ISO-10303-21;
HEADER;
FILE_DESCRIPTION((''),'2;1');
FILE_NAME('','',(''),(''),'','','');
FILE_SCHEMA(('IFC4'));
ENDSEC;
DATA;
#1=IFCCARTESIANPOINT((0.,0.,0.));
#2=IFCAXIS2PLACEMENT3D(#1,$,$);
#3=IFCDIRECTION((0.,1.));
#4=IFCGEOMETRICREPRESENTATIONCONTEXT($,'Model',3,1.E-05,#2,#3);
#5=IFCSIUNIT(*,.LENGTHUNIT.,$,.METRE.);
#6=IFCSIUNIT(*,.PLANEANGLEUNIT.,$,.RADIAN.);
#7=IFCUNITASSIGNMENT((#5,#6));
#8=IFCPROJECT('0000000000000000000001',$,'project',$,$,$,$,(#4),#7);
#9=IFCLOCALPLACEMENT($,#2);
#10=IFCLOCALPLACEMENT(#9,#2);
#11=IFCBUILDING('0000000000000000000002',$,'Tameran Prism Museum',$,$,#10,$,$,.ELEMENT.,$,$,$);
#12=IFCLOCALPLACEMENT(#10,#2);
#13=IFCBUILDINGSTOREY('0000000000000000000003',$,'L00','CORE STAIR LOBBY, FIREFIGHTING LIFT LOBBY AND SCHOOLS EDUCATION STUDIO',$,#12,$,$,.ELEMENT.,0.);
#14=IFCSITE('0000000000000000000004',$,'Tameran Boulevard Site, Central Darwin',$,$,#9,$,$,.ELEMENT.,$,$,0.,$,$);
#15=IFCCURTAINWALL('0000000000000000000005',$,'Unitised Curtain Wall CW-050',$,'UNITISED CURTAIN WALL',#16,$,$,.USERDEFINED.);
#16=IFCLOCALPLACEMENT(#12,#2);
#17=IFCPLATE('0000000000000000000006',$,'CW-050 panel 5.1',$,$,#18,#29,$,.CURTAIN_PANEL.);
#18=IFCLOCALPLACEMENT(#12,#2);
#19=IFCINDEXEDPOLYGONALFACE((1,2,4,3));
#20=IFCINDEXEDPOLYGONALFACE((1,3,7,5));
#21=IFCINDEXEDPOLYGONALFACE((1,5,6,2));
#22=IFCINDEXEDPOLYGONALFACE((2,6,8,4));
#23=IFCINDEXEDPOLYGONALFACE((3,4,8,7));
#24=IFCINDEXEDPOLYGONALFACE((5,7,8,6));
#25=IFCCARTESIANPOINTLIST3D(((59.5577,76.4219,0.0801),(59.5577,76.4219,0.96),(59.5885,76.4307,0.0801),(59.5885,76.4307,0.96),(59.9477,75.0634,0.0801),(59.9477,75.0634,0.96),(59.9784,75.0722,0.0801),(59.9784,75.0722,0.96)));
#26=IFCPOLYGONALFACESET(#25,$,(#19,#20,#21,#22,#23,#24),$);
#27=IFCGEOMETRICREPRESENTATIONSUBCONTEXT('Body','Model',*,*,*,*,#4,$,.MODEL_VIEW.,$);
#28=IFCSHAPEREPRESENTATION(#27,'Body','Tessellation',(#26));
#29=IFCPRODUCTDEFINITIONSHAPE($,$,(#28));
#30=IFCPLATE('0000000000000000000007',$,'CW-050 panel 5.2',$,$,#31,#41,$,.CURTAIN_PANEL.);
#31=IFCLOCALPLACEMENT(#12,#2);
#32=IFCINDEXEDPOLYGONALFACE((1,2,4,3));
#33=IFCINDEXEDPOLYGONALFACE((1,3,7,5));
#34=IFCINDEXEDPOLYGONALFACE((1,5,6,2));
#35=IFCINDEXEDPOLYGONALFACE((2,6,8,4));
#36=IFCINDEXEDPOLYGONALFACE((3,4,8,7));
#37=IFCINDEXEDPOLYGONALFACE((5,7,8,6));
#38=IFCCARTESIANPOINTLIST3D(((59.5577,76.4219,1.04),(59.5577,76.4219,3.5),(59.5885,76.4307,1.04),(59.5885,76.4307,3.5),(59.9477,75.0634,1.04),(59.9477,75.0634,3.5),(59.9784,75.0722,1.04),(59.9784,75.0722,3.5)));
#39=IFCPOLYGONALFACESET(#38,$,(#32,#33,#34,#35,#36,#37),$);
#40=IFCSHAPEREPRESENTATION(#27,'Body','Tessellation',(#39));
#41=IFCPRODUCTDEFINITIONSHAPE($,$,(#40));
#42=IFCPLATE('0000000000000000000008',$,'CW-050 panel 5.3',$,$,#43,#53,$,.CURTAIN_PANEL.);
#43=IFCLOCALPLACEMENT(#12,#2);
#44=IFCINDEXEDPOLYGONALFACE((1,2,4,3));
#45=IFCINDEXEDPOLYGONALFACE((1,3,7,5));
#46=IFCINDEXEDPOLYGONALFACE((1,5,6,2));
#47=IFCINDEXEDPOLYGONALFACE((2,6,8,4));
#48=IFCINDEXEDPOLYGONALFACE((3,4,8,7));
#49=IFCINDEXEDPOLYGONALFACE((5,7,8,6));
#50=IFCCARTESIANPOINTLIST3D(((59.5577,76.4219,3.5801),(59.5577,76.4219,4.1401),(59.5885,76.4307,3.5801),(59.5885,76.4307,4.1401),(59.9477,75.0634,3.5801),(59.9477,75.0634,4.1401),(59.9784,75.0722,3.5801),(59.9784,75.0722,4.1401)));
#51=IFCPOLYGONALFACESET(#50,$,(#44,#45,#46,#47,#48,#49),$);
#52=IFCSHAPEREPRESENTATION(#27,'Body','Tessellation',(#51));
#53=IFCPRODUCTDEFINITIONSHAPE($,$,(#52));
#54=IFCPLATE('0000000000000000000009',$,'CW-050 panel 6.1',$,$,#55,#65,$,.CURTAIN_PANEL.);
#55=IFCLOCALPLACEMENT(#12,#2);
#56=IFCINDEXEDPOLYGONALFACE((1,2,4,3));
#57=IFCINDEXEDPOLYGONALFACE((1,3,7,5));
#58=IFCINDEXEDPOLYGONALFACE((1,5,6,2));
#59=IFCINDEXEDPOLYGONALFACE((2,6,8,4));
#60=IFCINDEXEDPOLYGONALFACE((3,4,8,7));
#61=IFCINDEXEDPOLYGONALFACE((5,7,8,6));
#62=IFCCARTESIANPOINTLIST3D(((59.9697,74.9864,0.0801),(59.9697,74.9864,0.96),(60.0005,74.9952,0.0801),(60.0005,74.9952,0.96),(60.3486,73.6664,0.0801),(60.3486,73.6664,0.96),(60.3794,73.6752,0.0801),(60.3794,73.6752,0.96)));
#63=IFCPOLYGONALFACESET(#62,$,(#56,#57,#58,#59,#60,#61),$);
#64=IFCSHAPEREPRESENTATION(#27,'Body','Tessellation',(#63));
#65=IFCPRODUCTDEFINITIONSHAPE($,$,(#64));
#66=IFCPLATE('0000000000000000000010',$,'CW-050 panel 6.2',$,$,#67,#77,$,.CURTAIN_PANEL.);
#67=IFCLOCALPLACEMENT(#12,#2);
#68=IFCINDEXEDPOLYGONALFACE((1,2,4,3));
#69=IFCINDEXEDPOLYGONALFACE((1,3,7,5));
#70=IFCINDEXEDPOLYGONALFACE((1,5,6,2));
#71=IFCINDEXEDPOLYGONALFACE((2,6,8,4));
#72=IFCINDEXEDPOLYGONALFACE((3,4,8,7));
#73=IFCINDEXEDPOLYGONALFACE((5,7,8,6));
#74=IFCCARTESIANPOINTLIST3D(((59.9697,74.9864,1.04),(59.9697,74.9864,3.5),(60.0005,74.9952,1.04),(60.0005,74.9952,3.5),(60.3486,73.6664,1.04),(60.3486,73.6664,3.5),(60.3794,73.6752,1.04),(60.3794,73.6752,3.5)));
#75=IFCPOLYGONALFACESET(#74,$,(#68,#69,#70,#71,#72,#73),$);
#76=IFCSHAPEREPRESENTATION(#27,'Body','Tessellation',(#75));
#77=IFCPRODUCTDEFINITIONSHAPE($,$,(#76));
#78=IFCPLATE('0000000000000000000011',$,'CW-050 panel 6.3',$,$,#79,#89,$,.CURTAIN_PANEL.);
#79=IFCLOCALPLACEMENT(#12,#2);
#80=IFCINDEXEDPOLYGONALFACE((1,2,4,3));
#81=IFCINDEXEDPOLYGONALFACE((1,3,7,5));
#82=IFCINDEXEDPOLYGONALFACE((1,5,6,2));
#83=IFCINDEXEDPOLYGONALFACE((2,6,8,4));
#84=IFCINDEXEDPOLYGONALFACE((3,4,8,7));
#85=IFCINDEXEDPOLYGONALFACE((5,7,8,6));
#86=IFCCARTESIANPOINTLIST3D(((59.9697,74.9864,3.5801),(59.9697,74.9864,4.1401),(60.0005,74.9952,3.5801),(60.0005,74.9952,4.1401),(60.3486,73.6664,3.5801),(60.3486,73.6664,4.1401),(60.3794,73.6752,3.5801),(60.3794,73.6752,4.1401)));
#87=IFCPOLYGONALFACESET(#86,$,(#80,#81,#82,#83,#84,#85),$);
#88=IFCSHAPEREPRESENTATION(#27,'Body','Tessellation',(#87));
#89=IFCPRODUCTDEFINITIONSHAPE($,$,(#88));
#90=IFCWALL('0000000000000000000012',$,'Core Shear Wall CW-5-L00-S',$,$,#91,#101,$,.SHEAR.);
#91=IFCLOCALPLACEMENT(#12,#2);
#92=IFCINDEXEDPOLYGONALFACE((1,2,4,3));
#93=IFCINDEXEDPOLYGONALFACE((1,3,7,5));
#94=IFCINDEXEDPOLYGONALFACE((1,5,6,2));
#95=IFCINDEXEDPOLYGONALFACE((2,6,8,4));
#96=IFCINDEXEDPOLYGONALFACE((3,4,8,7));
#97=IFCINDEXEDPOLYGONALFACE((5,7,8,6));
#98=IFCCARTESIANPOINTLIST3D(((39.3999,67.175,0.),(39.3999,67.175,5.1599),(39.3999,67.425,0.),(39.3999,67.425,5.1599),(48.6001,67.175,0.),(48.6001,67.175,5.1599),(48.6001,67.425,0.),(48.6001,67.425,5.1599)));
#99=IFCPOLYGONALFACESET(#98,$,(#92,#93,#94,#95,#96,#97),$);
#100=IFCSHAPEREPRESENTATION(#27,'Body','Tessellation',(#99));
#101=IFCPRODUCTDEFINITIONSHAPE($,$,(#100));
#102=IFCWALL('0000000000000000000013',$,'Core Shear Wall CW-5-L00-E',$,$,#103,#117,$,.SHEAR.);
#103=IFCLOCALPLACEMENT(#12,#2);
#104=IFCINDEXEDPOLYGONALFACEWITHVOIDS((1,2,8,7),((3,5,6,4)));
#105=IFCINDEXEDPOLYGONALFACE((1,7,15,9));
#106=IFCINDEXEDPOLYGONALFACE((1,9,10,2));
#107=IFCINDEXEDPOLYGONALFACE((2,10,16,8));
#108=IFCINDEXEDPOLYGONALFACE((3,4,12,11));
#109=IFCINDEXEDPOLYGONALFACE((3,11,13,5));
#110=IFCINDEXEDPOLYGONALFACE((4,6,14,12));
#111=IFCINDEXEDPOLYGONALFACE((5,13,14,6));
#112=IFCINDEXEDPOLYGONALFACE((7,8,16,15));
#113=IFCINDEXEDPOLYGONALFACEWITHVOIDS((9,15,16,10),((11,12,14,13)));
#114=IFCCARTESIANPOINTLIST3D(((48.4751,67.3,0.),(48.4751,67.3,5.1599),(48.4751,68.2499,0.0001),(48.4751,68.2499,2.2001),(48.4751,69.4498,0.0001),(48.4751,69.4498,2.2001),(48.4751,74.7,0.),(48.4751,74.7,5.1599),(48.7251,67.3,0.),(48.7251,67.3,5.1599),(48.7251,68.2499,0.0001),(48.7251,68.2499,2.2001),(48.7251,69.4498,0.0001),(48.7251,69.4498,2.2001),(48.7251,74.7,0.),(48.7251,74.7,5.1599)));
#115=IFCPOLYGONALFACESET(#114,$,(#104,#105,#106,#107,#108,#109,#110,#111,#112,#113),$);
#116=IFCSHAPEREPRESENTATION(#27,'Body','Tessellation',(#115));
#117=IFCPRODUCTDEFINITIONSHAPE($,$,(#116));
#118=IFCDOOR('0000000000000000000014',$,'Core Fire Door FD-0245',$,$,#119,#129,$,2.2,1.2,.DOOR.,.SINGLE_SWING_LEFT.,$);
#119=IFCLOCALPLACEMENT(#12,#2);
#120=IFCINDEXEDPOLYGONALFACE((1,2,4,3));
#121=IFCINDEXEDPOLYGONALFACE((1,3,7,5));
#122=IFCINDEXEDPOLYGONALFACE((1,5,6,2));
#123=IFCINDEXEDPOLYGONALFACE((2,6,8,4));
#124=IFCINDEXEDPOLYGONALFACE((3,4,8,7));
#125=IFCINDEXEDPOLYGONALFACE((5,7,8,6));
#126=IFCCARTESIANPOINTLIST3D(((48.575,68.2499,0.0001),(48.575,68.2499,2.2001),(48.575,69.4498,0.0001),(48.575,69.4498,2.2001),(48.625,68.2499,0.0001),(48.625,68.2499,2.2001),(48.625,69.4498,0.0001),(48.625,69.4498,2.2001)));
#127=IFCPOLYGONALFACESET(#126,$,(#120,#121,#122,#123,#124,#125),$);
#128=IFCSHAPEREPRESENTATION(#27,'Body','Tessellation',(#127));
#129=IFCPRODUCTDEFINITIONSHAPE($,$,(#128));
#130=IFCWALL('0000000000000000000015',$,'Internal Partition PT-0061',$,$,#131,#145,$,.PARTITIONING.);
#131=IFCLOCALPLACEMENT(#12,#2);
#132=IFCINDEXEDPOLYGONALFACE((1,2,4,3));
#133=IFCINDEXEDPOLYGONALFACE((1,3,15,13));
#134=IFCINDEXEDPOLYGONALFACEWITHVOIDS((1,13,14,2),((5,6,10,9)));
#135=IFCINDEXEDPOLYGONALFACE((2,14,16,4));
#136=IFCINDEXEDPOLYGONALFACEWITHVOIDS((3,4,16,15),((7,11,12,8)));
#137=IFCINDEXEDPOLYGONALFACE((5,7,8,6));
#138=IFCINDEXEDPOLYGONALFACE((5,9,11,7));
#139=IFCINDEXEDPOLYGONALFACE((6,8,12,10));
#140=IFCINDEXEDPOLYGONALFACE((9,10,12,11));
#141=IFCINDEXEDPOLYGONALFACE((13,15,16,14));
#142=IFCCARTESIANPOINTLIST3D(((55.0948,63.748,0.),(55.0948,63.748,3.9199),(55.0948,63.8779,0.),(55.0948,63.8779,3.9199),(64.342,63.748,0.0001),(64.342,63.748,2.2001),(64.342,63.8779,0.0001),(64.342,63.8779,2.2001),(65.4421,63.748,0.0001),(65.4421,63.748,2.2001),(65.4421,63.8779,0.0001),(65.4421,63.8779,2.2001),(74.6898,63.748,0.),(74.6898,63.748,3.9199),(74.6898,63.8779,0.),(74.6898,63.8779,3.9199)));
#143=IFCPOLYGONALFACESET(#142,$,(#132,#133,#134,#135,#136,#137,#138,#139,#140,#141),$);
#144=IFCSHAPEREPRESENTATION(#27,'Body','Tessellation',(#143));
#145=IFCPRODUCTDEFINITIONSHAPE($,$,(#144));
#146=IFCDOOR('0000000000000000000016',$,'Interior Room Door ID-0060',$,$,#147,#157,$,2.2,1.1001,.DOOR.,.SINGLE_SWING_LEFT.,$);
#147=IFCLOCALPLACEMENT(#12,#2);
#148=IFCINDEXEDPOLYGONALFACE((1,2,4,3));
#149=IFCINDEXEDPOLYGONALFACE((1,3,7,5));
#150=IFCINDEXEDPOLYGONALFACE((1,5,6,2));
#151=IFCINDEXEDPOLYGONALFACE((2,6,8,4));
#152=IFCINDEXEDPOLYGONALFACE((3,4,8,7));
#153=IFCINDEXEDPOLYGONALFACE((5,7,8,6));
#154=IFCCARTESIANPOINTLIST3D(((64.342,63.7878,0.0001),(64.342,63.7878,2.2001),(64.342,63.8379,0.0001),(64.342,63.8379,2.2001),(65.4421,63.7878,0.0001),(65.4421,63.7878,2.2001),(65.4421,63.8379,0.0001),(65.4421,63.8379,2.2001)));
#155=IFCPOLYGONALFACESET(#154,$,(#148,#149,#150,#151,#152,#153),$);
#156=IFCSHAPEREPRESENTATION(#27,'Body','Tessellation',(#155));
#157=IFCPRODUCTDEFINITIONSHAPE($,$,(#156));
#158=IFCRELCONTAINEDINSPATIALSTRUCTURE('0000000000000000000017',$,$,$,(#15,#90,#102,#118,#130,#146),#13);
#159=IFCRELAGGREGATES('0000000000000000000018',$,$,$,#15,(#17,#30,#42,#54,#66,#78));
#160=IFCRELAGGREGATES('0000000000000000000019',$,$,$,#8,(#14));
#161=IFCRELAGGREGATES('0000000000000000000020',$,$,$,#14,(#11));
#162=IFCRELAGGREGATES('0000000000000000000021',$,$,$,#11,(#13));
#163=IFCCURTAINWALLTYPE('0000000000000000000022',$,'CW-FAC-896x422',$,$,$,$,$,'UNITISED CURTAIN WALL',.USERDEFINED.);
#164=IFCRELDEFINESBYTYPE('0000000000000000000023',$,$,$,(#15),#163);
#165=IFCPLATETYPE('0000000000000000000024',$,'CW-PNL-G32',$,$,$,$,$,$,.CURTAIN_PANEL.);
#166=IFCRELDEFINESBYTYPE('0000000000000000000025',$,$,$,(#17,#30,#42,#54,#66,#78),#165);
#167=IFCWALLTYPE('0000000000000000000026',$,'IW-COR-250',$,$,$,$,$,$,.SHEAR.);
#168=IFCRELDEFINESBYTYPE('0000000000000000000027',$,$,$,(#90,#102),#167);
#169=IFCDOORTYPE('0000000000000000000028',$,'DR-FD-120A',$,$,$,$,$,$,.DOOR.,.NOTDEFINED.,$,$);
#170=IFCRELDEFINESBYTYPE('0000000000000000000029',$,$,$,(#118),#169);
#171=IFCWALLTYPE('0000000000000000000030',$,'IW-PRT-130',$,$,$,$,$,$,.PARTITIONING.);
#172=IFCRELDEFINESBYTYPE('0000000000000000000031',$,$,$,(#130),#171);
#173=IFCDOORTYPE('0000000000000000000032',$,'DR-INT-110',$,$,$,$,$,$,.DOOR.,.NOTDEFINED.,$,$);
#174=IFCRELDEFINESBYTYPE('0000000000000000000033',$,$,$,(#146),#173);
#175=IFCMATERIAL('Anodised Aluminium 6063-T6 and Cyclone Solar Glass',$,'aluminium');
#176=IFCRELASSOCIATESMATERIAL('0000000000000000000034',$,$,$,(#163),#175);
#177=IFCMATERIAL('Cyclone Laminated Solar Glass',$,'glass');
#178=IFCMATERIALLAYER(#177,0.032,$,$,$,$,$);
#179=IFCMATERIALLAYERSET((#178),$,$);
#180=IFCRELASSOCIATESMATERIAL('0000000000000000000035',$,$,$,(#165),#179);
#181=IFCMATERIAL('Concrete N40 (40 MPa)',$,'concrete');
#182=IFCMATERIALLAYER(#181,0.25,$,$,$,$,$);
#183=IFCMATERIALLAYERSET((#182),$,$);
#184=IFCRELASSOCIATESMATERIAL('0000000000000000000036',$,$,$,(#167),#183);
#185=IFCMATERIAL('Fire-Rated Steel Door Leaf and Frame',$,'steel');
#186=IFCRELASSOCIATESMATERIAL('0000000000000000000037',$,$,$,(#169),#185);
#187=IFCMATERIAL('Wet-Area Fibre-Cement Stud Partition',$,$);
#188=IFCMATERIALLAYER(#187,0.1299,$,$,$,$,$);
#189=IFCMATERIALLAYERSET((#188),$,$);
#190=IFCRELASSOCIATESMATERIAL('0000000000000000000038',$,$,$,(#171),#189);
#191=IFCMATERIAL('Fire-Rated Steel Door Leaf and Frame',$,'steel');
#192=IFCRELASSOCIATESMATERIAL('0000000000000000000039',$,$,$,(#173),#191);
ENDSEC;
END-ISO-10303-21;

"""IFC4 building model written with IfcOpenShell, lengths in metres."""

from ifc_helpers import new_model, si_unit, direction, frame, frame_2d, origin, origin_2d, place, context, subcontext, project, spatial, rectangle, extrude, material, layer, layer_set, type_object, element, fill, aggregate, save


model = new_model("IFC4")

# Units and contexts
model_context = context("Model", 3, precision=1e-05, world=origin(), true_north=direction((0.0, 1.0)))
body_context = subcontext(model_context, "Body", "Model", "MODEL_VIEW")
ifc_project = project(units=[si_unit("LENGTHUNIT", "METRE"), si_unit("PLANEANGLEUNIT", "RADIAN")], contexts=[model_context])

# Site, building, storey
site_placement = place(None, origin())
site = spatial("IfcSite", under=ifc_project, at=site_placement, Name="Tameran Boulevard Site, Central Darwin", CompositionType="ELEMENT", RefElevation=0.0)
building_placement = place(site_placement, origin())
building = spatial("IfcBuilding", under=site, at=building_placement, Name="Tameran Prism Museum", CompositionType="ELEMENT")
storey_placement = place(building_placement, origin())
storey = spatial("IfcBuildingStorey", under=building, at=storey_placement, Name="L00", Description="CORE STAIR LOBBY, FIREFIGHTING LIFT LOBBY AND SCHOOLS EDUCATION STUDIO", CompositionType="ELEMENT", Elevation=0.0)

# Curtain wall, plates
ifc_material_1 = material(Name="Anodised Aluminium 6063-T6 and Cyclone Solar Glass", Category="aluminium")
curtain_wall_type = type_object("IfcCurtainWallType", Name="CW-FAC-896x422", ElementType="UNITISED CURTAIN WALL", PredefinedType="USERDEFINED", material=ifc_material_1)
curtain_wall_placement = place(storey_placement, origin())
curtain_wall = element("IfcCurtainWall", 1, at=curtain_wall_placement, inside=storey, type_object=curtain_wall_type, Name="Unitised Curtain Wall CW-050", ObjectType="UNITISED CURTAIN WALL", PredefinedType="USERDEFINED")
ifc_material_2 = material(Name="Cyclone Laminated Solar Glass", Category="glass")
ifc_layer_1 = layer(ifc_material_2, 0.032)
ifc_layer_set_1 = layer_set([ifc_layer_1])
plate_type = type_object("IfcPlateType", Name="CW-PNL-G32", PredefinedType="CURTAIN_PANEL", material=ifc_layer_set_1)
plate_1_placement = place(storey_placement, frame((59.7681, 75.7471, 0.0801), z_axis=(0.0, 0.0, 1.0), x_axis=(0.2759, -0.961186, 0.0)))
plate_1 = element("IfcPlate", 2, at=plate_1_placement, type_object=plate_type, Name="CW-050 panel 5.1", PredefinedType="CURTAIN_PANEL", context=body_context, shape_type="SweptSolid", body=[
    extrude(rectangle(XDim=1.4133, YDim=0.032, at=origin_2d()), origin(), (0.0, 0.0, 1.0), 0.8799),
])
plate_2_placement = place(storey_placement, frame((59.7681, 75.7471, 1.04), z_axis=(0.0, 0.0, 1.0), x_axis=(0.2759, -0.961186, 0.0)))
plate_2 = element("IfcPlate", 3, at=plate_2_placement, type_object=plate_type, Name="CW-050 panel 5.2", PredefinedType="CURTAIN_PANEL", context=body_context, shape_type="SweptSolid", body=[
    extrude(rectangle(XDim=1.4133, YDim=0.032, at=origin_2d()), origin(), (0.0, 0.0, 1.0), 2.46),
])
plate_3_placement = place(storey_placement, frame((59.7681, 75.7471, 3.5801), z_axis=(0.0, 0.0, 1.0), x_axis=(0.2759, -0.961186, 0.0)))
plate_3 = element("IfcPlate", 4, at=plate_3_placement, type_object=plate_type, Name="CW-050 panel 5.3", PredefinedType="CURTAIN_PANEL", context=body_context, shape_type="SweptSolid", body=[
    extrude(rectangle(XDim=1.4133, YDim=0.032, at=origin_2d()), origin(), (0.0, 0.0, 1.0), 0.5601),
])
plate_4_placement = place(storey_placement, frame((60.1746, 74.3308, 0.0801), z_axis=(0.0, 0.0, 1.0), x_axis=(0.2759, -0.961186, 0.0)))
plate_4 = element("IfcPlate", 5, at=plate_4_placement, type_object=plate_type, Name="CW-050 panel 6.1", PredefinedType="CURTAIN_PANEL", context=body_context, shape_type="SweptSolid", body=[
    extrude(rectangle(XDim=1.3733, YDim=0.032, at=origin_2d()), origin(), (0.0, 0.0, 1.0), 0.8799),
])
plate_5_placement = place(storey_placement, frame((60.1746, 74.3308, 1.04), z_axis=(0.0, 0.0, 1.0), x_axis=(0.2759, -0.961186, 0.0)))
plate_5 = element("IfcPlate", 6, at=plate_5_placement, type_object=plate_type, Name="CW-050 panel 6.2", PredefinedType="CURTAIN_PANEL", context=body_context, shape_type="SweptSolid", body=[
    extrude(rectangle(XDim=1.3733, YDim=0.032, at=origin_2d()), origin(), (0.0, 0.0, 1.0), 2.46),
])
plate_6_placement = place(storey_placement, frame((60.1746, 74.3308, 3.5801), z_axis=(0.0, 0.0, 1.0), x_axis=(0.2759, -0.961186, 0.0)))
plate_6 = element("IfcPlate", 7, at=plate_6_placement, type_object=plate_type, Name="CW-050 panel 6.3", PredefinedType="CURTAIN_PANEL", context=body_context, shape_type="SweptSolid", body=[
    extrude(rectangle(XDim=1.3733, YDim=0.032, at=origin_2d()), origin(), (0.0, 0.0, 1.0), 0.5601),
])
aggregate(curtain_wall, [plate_1, plate_2, plate_3, plate_4, plate_5, plate_6])

# Wall
ifc_material_3 = material(Name="Concrete N40 (40 MPa)", Category="concrete")
ifc_layer_2 = layer(ifc_material_3, 0.25)
ifc_layer_set_2 = layer_set([ifc_layer_2])
wall_type_1 = type_object("IfcWallType", Name="IW-COR-250", PredefinedType="SHEAR", material=ifc_layer_set_2)
wall_1_placement = place(storey_placement, frame((48.6001, 67.3, 0.0), z_axis=(0.0, 0.0, 1.0), x_axis=(-1.0, 0.0, 0.0)))
element("IfcWall", 8, at=wall_1_placement, inside=storey, type_object=wall_type_1, Name="Core Shear Wall CW-5-L00-S", PredefinedType="SHEAR", context=body_context, shape_type="SweptSolid", body=[
    extrude(rectangle(XDim=9.2002, YDim=0.25, at=frame_2d((4.6001, 0.0))), origin(), (0.0, 0.0, 1.0), 5.1599),
])

# Walls, openings, doors
wall_2_placement = place(storey_placement, frame((48.6001, 74.7, 0.0), z_axis=(0.0, 0.0, 1.0), x_axis=(0.0, -1.0, 0.0)))
wall_2 = element("IfcWall", 9, at=wall_2_placement, inside=storey, type_object=wall_type_1, Name="Core Shear Wall CW-5-L00-E", PredefinedType="SHEAR", context=body_context, shape_type="SweptSolid", body=[
    extrude(rectangle(XDim=7.3999, YDim=0.25, at=frame_2d((3.7, 0.0))), origin(), (0.0, 0.0, 1.0), 5.1599),
])
opening_1_placement = place(wall_2_placement, frame((5.25, 0.0, 0.0)))
opening_1 = element("IfcOpeningElement", 10, at=opening_1_placement, cuts=wall_2, PredefinedType="OPENING", context=body_context, shape_type="SweptSolid", body=[
    extrude(rectangle(XDim=1.2, YDim=2.2, at=frame_2d((0.6001, 1.1001))), frame((0.0, 0.135, 0.0), z_axis=(0.0, -1.0, 0.0), x_axis=(1.0, 0.0, 0.0)), (0.0, 0.0, 1.0), 0.27),
])
ifc_material_4 = material(Name="Fire-Rated Steel Door Leaf and Frame", Category="steel")
door_type_1 = type_object("IfcDoorType", Name="DR-FD-120A", OperationType="NOTDEFINED", PredefinedType="DOOR", material=ifc_material_4)
door_1_placement = place(opening_1_placement, origin())
door_1 = element("IfcDoor", 11, at=door_1_placement, inside=storey, type_object=door_type_1, Name="Core Fire Door FD-0245", OperationType="SINGLE_SWING_LEFT", OverallHeight=2.2, OverallWidth=1.2, PredefinedType="DOOR", context=body_context, shape_type="SweptSolid", body=[
    extrude(rectangle(XDim=1.2, YDim=2.2, at=frame_2d((0.6001, 1.1001))), frame((0.0, 0.0249, 0.0), z_axis=(0.0, -1.0, 0.0), x_axis=(1.0, 0.0, 0.0)), (0.0, 0.0, 1.0), 0.05),
])
fill(opening_1, door_1)
ifc_material_5 = material(Name="Wet-Area Fibre-Cement Stud Partition")
ifc_layer_3 = layer(ifc_material_5, 0.1299)
ifc_layer_set_3 = layer_set([ifc_layer_3])
wall_type_2 = type_object("IfcWallType", Name="IW-PRT-130", PredefinedType="PARTITIONING", material=ifc_layer_set_3)
wall_3_placement = place(storey_placement, frame((55.095, 63.813, 0.0), z_axis=(0.0, 0.0, 1.0), x_axis=(1.0, 0.0, 0.0)))
wall_3 = element("IfcWall", 12, at=wall_3_placement, inside=storey, type_object=wall_type_2, Name="Internal Partition PT-0061", PredefinedType="PARTITIONING", context=body_context, shape_type="SweptSolid", body=[
    extrude(rectangle(XDim=19.595, YDim=0.1299, at=frame_2d((9.7974, 0.0))), origin(), (0.0, 0.0, 1.0), 3.9199),
])
opening_2_placement = place(wall_3_placement, frame((9.2471, 0.0, 0.0)))
opening_2 = element("IfcOpeningElement", 13, at=opening_2_placement, cuts=wall_3, PredefinedType="OPENING", context=body_context, shape_type="SweptSolid", body=[
    extrude(rectangle(XDim=1.1001, YDim=2.2, at=frame_2d((0.55, 1.1001))), frame((0.0, 0.075, 0.0), z_axis=(0.0, -1.0, 0.0), x_axis=(1.0, 0.0, 0.0)), (0.0, 0.0, 1.0), 0.1499),
])
ifc_material_6 = material(Name="Fire-Rated Steel Door Leaf and Frame", Category="steel")
door_type_2 = type_object("IfcDoorType", Name="DR-INT-110", OperationType="NOTDEFINED", PredefinedType="DOOR", material=ifc_material_6)
door_2_placement = place(opening_2_placement, origin())
door_2 = element("IfcDoor", 14, at=door_2_placement, inside=storey, type_object=door_type_2, Name="Interior Room Door ID-0060", OperationType="SINGLE_SWING_LEFT", OverallHeight=2.2, OverallWidth=1.1001, PredefinedType="DOOR", context=body_context, shape_type="SweptSolid", body=[
    extrude(rectangle(XDim=1.1001, YDim=2.2, at=frame_2d((0.55, 1.1001))), frame((0.0, 0.0249, 0.0), z_axis=(0.0, -1.0, 0.0), x_axis=(1.0, 0.0, 0.0)), (0.0, 0.0, 1.0), 0.05),
])
fill(opening_2, door_2)

save(model, "model.ifc")
